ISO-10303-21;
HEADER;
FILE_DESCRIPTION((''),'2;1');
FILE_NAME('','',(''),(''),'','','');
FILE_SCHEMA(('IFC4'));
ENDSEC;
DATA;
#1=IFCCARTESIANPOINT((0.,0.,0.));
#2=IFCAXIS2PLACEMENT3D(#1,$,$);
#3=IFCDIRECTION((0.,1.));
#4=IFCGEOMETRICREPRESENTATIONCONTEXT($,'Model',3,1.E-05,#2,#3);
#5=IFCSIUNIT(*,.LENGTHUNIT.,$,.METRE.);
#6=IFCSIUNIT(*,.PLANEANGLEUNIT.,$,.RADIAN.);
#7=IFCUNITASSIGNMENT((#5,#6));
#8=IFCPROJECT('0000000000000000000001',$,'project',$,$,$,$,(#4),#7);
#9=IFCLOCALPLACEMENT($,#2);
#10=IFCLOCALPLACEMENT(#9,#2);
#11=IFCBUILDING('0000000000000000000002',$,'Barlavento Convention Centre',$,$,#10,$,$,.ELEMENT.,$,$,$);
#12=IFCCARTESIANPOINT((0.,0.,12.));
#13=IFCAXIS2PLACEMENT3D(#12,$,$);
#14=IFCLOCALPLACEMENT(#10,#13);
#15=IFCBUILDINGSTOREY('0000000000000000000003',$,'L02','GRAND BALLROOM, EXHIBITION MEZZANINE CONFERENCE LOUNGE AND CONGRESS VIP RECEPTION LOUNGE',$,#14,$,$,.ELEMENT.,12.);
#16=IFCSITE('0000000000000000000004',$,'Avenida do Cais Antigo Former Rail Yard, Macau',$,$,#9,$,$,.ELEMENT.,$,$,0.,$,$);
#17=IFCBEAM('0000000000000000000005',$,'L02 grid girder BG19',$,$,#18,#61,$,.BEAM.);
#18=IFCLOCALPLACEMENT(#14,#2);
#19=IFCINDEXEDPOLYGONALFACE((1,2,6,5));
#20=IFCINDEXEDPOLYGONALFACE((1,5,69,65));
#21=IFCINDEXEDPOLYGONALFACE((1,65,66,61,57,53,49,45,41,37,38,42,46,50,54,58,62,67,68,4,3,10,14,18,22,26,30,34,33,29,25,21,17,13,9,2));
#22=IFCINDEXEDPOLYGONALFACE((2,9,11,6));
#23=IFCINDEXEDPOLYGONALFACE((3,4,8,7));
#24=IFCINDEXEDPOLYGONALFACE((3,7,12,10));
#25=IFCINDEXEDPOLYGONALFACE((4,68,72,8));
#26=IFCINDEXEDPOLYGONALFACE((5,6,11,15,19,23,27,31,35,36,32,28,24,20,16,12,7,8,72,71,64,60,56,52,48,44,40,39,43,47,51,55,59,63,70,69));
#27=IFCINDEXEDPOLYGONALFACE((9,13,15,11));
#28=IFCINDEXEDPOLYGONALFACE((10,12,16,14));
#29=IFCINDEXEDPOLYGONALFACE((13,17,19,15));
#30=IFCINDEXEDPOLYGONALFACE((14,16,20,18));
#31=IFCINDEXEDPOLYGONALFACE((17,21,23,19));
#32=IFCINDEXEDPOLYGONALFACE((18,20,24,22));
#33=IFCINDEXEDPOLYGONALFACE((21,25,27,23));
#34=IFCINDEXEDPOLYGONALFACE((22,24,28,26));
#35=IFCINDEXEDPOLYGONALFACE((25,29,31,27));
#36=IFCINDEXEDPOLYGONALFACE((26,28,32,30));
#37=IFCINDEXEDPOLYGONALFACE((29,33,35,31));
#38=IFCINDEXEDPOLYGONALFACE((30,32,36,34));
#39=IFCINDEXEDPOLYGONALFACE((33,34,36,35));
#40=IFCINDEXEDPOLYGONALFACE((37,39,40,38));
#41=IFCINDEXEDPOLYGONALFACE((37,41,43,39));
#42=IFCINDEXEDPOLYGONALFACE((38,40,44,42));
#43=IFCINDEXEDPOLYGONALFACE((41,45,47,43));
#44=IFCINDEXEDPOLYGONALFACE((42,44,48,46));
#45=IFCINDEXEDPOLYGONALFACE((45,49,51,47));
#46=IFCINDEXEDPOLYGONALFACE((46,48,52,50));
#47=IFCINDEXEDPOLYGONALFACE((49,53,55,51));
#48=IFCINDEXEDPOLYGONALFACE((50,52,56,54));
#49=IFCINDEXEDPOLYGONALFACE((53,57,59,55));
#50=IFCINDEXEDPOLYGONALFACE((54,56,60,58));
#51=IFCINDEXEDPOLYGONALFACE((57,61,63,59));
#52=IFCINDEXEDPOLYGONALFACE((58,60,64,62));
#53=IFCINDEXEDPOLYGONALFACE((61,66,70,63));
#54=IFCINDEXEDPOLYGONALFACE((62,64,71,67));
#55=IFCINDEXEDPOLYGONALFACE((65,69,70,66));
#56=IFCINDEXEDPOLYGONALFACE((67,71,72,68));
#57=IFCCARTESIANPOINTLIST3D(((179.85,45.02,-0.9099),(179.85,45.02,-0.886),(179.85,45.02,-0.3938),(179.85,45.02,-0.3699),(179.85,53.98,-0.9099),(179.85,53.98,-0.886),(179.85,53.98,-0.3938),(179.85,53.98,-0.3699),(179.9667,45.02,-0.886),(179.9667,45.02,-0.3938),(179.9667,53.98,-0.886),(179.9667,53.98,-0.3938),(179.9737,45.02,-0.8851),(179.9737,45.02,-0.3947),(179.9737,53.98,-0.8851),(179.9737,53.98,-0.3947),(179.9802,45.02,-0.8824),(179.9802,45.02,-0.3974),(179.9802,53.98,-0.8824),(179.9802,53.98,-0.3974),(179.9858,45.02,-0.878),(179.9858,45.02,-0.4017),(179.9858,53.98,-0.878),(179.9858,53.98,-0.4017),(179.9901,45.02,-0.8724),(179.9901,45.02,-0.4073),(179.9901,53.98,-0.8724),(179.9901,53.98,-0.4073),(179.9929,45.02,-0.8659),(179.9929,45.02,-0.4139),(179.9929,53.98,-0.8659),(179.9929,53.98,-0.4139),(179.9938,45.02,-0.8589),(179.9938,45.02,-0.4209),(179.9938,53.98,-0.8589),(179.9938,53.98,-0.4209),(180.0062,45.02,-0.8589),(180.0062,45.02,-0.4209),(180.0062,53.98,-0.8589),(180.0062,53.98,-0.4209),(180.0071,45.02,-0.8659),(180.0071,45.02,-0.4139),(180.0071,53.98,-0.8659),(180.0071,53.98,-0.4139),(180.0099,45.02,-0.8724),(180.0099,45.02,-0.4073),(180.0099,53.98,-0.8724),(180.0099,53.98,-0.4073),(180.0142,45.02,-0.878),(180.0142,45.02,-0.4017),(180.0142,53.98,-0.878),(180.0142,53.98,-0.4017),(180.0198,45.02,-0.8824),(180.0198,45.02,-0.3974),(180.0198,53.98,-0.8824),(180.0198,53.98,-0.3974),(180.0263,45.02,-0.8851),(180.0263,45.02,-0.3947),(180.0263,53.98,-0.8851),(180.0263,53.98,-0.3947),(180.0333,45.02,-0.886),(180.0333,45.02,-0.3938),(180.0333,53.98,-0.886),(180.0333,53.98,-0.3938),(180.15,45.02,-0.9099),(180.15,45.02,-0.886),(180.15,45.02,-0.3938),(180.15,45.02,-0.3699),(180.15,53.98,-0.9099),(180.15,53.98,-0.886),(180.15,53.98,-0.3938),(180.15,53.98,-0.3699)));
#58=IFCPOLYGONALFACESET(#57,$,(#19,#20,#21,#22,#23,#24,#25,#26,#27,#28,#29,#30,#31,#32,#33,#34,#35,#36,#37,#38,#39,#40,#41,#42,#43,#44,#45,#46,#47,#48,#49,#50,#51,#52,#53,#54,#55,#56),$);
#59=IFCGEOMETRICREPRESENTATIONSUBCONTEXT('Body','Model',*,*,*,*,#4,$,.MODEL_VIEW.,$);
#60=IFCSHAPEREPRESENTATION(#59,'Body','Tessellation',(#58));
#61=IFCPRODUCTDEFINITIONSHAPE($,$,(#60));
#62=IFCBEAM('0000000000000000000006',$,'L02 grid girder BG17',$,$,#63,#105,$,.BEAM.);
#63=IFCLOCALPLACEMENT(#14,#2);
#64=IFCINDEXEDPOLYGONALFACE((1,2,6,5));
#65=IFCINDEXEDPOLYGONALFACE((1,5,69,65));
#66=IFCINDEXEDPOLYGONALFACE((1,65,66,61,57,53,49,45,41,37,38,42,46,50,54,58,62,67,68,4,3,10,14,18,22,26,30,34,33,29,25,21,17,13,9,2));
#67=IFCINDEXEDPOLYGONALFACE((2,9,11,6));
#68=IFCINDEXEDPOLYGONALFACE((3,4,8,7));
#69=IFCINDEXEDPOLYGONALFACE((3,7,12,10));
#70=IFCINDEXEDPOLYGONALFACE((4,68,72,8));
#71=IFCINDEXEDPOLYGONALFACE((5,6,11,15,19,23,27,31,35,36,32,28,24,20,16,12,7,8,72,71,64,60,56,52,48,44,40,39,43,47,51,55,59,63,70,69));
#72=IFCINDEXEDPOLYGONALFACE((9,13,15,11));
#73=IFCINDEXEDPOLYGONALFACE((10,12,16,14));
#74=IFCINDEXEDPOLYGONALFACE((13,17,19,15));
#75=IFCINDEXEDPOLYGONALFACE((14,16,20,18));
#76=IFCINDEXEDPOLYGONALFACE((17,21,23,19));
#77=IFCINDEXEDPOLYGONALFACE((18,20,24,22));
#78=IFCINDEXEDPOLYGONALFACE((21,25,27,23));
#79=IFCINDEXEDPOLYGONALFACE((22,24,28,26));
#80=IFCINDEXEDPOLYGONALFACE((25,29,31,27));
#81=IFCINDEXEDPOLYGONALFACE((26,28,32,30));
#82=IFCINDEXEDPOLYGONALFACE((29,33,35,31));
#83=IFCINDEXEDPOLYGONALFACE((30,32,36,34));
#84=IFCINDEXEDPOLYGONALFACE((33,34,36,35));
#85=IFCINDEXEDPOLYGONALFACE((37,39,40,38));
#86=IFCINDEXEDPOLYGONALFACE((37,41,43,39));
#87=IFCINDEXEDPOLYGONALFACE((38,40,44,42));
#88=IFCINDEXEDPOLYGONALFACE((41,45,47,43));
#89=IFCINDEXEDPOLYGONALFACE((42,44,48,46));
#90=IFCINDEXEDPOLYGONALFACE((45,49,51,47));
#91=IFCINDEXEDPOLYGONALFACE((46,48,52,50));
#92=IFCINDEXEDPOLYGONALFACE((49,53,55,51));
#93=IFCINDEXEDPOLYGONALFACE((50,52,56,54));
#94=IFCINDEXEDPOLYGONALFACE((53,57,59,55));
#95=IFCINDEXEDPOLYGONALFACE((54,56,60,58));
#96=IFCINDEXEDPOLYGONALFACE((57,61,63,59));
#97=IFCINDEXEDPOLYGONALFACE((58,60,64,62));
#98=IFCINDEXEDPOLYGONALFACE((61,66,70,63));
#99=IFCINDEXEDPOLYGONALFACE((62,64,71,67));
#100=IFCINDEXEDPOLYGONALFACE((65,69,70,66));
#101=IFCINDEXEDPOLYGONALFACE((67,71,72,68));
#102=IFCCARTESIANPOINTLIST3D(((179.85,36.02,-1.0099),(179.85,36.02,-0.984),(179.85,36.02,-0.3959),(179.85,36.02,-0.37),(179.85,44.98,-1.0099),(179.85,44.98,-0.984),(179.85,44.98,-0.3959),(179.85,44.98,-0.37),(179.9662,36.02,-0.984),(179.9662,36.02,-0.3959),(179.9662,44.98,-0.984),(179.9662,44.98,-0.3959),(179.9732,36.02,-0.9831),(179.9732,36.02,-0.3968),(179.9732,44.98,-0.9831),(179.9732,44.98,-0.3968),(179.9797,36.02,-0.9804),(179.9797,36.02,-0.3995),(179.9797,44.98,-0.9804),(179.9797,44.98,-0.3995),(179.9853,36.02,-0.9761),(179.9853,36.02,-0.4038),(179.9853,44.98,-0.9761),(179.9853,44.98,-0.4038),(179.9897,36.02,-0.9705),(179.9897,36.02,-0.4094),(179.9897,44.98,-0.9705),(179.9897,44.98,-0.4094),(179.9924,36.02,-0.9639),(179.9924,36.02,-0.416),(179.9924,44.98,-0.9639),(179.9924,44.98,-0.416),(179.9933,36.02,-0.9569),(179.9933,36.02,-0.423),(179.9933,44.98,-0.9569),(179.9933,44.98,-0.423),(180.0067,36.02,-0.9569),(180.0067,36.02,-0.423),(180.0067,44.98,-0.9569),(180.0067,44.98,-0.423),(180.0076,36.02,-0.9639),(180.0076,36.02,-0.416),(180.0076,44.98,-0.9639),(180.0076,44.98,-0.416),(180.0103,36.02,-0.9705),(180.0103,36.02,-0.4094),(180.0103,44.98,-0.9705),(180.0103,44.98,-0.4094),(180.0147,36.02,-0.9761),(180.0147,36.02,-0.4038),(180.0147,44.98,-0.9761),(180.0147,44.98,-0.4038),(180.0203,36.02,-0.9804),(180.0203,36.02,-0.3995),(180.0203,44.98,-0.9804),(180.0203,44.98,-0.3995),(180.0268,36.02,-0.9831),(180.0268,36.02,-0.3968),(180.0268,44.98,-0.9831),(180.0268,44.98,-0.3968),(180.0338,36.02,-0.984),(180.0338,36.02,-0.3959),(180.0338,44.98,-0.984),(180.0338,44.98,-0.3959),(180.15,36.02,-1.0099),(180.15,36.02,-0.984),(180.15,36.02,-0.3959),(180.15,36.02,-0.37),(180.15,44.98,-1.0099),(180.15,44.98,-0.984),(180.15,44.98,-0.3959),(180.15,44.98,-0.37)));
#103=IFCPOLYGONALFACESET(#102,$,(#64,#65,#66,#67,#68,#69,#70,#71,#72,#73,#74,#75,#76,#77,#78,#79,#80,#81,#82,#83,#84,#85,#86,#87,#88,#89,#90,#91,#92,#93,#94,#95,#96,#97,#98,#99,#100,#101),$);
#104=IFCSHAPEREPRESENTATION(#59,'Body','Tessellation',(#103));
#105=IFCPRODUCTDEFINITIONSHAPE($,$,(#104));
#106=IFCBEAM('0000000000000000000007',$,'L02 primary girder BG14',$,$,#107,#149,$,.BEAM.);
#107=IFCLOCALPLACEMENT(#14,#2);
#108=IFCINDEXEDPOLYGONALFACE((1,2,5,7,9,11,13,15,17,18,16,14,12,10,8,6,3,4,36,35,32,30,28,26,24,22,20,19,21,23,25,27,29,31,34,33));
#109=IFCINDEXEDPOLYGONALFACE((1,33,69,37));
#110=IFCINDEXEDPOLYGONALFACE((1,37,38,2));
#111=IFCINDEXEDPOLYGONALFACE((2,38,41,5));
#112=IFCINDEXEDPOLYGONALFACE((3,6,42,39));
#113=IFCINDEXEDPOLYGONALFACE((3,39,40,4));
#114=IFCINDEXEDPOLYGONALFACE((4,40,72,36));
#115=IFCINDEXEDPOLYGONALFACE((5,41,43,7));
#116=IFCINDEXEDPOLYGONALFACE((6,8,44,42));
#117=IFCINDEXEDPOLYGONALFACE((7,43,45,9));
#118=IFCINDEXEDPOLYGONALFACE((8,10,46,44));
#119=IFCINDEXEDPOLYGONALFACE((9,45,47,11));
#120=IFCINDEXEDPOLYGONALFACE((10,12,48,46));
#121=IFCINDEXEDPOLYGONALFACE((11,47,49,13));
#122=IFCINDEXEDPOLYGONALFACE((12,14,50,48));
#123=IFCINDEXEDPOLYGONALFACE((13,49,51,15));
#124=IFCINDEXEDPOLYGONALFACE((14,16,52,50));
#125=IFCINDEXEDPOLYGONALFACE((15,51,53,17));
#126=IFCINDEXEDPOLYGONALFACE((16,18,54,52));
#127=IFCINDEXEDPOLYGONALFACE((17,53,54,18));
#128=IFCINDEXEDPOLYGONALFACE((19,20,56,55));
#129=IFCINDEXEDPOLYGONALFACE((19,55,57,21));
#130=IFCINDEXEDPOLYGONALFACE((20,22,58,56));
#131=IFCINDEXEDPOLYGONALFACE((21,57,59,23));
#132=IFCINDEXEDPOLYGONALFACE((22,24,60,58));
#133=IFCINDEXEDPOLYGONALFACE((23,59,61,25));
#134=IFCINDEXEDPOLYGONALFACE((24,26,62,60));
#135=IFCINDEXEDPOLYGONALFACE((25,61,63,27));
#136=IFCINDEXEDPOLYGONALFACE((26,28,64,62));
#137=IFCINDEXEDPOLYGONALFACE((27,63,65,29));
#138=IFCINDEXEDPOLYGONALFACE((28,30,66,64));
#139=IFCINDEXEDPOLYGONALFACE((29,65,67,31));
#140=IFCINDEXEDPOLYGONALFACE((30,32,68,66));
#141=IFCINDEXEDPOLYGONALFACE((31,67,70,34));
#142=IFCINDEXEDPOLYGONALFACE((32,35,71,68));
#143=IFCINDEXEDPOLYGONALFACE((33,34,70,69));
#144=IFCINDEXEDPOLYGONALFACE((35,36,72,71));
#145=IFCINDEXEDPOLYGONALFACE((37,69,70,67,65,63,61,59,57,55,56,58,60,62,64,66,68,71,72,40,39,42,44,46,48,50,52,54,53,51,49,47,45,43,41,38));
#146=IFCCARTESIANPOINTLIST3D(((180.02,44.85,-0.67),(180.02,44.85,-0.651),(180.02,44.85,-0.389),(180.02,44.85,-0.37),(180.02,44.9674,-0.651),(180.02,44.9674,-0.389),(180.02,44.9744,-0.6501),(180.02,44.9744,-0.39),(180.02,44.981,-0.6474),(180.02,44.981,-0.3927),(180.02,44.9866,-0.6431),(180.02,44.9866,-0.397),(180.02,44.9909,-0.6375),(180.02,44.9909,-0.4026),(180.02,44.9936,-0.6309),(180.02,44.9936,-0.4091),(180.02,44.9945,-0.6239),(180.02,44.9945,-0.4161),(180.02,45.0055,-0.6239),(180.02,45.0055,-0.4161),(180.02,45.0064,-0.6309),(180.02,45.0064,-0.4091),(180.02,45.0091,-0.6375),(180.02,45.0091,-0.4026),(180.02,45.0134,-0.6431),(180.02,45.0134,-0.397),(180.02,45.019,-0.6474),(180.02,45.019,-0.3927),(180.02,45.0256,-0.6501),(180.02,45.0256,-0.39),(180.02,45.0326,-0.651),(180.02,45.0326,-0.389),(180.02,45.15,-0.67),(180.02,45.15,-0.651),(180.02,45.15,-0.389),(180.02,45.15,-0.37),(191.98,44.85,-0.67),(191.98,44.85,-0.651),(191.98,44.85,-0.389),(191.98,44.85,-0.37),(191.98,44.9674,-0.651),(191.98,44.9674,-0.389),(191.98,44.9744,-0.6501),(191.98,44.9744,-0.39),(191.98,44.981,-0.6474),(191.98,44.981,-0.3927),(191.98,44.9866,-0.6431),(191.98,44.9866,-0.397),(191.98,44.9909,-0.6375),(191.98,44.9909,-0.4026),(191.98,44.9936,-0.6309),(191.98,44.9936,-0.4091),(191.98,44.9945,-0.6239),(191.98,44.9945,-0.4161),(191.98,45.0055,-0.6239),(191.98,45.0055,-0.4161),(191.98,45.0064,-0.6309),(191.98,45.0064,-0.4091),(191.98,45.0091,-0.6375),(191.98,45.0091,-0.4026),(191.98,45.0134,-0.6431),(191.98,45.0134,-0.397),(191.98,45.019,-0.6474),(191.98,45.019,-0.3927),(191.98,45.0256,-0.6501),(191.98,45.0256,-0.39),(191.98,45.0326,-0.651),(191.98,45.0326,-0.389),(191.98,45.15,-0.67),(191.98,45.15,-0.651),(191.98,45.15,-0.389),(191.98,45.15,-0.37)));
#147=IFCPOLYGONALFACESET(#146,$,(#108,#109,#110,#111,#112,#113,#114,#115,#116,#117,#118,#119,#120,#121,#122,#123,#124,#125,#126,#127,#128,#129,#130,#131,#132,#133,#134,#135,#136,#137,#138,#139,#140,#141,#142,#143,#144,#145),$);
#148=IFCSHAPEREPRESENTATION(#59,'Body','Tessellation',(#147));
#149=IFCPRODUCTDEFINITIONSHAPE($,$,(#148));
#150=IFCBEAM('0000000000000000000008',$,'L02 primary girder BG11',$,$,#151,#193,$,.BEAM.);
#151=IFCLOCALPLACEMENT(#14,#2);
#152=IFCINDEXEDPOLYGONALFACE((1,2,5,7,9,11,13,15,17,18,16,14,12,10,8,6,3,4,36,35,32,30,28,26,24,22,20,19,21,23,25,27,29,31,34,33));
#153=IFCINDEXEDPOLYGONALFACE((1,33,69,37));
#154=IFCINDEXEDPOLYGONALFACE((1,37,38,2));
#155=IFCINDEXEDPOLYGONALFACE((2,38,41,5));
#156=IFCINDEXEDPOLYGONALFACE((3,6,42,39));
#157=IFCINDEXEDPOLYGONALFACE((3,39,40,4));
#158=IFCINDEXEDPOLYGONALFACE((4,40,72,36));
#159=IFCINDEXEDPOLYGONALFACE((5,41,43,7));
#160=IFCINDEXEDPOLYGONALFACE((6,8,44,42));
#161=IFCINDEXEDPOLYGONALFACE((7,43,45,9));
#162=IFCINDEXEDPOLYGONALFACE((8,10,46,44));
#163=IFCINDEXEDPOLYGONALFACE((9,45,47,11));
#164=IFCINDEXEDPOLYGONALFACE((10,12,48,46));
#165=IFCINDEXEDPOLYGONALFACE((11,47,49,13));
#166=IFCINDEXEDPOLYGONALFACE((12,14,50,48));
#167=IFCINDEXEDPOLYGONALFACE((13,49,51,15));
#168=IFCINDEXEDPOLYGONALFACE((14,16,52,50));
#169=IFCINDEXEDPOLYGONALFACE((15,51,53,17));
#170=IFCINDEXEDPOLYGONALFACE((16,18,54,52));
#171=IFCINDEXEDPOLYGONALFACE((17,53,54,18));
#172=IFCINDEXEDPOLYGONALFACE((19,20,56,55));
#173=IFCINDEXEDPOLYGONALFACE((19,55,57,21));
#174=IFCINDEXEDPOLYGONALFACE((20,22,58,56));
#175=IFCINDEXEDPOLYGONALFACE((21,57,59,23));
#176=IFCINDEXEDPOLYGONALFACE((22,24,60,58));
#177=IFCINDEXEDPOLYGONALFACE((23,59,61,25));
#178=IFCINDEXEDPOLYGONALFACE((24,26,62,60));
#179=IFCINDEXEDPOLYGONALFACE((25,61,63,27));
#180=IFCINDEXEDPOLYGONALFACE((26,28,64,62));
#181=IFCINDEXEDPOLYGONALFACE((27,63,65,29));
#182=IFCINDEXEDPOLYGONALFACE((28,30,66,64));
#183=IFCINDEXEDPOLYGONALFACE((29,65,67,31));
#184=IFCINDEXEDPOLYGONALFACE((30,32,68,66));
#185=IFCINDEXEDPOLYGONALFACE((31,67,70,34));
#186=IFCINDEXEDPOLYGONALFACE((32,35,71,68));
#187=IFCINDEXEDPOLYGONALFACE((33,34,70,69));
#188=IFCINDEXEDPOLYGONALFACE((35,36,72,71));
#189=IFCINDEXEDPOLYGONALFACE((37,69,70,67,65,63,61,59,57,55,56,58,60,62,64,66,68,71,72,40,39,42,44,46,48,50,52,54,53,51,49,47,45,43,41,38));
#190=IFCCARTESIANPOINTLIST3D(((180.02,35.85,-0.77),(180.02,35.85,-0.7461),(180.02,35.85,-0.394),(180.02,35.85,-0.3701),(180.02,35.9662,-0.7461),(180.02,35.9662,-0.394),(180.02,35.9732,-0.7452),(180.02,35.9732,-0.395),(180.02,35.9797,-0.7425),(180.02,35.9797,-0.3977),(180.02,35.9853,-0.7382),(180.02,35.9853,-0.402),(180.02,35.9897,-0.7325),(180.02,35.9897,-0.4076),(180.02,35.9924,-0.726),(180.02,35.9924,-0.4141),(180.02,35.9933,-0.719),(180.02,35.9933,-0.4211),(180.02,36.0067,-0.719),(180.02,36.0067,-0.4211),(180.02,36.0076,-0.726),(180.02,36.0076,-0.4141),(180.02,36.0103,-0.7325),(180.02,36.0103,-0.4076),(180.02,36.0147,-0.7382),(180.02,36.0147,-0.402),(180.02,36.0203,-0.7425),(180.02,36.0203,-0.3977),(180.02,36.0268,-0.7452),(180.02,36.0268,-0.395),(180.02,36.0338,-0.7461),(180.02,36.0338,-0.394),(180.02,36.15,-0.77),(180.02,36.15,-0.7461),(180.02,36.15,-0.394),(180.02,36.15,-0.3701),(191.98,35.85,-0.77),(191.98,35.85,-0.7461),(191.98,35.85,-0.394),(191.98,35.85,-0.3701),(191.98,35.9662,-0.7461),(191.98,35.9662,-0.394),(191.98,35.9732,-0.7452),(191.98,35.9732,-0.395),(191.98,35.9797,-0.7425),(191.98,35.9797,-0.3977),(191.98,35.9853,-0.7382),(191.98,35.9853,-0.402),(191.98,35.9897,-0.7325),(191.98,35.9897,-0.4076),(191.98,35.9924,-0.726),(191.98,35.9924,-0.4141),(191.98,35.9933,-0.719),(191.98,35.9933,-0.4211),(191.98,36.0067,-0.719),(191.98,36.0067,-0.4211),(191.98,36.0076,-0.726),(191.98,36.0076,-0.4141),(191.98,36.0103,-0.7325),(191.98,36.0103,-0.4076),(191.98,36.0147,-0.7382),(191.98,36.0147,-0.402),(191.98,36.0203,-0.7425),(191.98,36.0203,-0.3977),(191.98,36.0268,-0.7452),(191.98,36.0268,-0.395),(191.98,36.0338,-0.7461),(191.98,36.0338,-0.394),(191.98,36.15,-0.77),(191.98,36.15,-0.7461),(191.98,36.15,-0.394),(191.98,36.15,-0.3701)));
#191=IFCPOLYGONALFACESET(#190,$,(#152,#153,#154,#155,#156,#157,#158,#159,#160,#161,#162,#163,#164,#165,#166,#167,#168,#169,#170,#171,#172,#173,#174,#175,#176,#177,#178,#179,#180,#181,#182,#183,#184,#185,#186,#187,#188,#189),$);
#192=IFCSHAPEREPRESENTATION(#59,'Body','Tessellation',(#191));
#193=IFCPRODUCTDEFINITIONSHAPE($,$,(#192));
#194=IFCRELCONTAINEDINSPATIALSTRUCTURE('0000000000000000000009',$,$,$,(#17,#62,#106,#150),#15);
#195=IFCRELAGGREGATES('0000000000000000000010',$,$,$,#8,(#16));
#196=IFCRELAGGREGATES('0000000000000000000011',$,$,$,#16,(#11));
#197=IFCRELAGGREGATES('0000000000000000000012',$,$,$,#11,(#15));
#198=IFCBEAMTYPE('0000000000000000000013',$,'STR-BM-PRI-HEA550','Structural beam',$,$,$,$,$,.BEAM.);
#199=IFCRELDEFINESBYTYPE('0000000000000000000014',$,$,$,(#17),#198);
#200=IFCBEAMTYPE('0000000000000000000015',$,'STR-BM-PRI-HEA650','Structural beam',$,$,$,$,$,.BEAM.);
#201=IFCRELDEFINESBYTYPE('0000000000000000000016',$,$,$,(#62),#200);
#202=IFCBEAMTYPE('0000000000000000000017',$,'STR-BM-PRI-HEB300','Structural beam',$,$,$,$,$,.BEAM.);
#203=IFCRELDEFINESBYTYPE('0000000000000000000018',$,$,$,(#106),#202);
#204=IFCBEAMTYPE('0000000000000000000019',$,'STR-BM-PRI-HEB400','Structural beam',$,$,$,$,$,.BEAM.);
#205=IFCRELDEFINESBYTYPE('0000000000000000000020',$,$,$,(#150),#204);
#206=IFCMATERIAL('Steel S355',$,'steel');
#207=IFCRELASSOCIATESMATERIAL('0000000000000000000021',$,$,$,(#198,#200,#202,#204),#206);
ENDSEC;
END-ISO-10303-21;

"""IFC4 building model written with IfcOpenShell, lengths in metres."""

from ifc_helpers import new_model, si_unit, direction, frame, origin, origin_2d, place, context, subcontext, project, spatial, i_section, extrude, material, material_profile, profile_set, type_object, element, save


model = new_model("IFC4")

# Units and contexts
model_context = context("Model", 3, precision=1e-05, world=origin(), true_north=direction((0.0, 1.0)))
body_context = subcontext(model_context, "Body", "Model", "MODEL_VIEW")
ifc_project = project(units=[si_unit("LENGTHUNIT", "METRE"), si_unit("PLANEANGLEUNIT", "RADIAN")], contexts=[model_context])

# Site, building, storey
site_placement = place(None, origin())
site = spatial("IfcSite", under=ifc_project, at=site_placement, Name="Avenida do Cais Antigo Former Rail Yard, Macau", CompositionType="ELEMENT", RefElevation=0.0)
building_placement = place(site_placement, origin())
building = spatial("IfcBuilding", under=site, at=building_placement, Name="Barlavento Convention Centre", CompositionType="ELEMENT")
storey_placement = place(building_placement, frame((0.0, 0.0, 12.0)))
storey = spatial("IfcBuildingStorey", under=building, at=storey_placement, Name="L02", Description="GRAND BALLROOM, EXHIBITION MEZZANINE CONFERENCE LOUNGE AND CONGRESS VIP RECEPTION LOUNGE", CompositionType="ELEMENT", Elevation=12.0)

# Shared definitions
ifc_material_1 = material(Name="Steel S355", Category="steel")

# Beams
ifc_material_profile_1 = material_profile(ifc_material_1, i_section(OverallWidth=0.3, OverallDepth=0.54, WebThickness=0.0125, FlangeThickness=0.0239, FilletRadius=0.0271, at=origin_2d()), Name="HEA 550")
ifc_profile_set_1 = profile_set([ifc_material_profile_1], Name="Steel S355")
beam_type_1 = type_object("IfcBeamType", Name="STR-BM-PRI-HEA550", Description="Structural beam", PredefinedType="BEAM", material=ifc_profile_set_1)
beam_1_placement = place(storey_placement, frame((180.0, 45.02, -0.6399), z_axis=(0.0, 1.0, 0.0), x_axis=(-1.0, 0.0, 0.0)))
element("IfcBeam", 1, at=beam_1_placement, inside=storey, type_object=beam_type_1, Name="L02 grid girder BG19", PredefinedType="BEAM", context=body_context, shape_type="SweptSolid", body=[
    extrude(i_section(OverallWidth=0.3, OverallDepth=0.54, WebThickness=0.0125, FlangeThickness=0.0239, FilletRadius=0.0271, at=origin_2d()), origin(), (0.0, 0.0, 1.0), 8.96),
])
ifc_material_profile_2 = material_profile(ifc_material_1, i_section(OverallWidth=0.3, OverallDepth=0.6399, WebThickness=0.0134, FlangeThickness=0.0259, FilletRadius=0.0271, at=origin_2d()), Name="HEA 650")
ifc_profile_set_2 = profile_set([ifc_material_profile_2], Name="Steel S355")
beam_type_2 = type_object("IfcBeamType", Name="STR-BM-PRI-HEA650", Description="Structural beam", PredefinedType="BEAM", material=ifc_profile_set_2)
beam_2_placement = place(storey_placement, frame((180.0, 36.02, -0.6899), z_axis=(0.0, 1.0, 0.0), x_axis=(-1.0, 0.0, 0.0)))
element("IfcBeam", 2, at=beam_2_placement, inside=storey, type_object=beam_type_2, Name="L02 grid girder BG17", PredefinedType="BEAM", context=body_context, shape_type="SweptSolid", body=[
    extrude(i_section(OverallWidth=0.3, OverallDepth=0.6399, WebThickness=0.0134, FlangeThickness=0.0259, FilletRadius=0.0271, at=origin_2d()), origin(), (0.0, 0.0, 1.0), 8.96),
])
ifc_material_profile_3 = material_profile(ifc_material_1, i_section(OverallWidth=0.3, OverallDepth=0.3, WebThickness=0.011, FlangeThickness=0.019, FilletRadius=0.0271, at=origin_2d()), Name="HEB 300")
ifc_profile_set_3 = profile_set([ifc_material_profile_3], Name="Steel S355")
beam_type_3 = type_object("IfcBeamType", Name="STR-BM-PRI-HEB300", Description="Structural beam", PredefinedType="BEAM", material=ifc_profile_set_3)
beam_3_placement = place(storey_placement, frame((180.02, 45.0, -0.52), z_axis=(1.0, 0.0, 0.0), x_axis=(0.0, 1.0, 0.0)))
element("IfcBeam", 3, at=beam_3_placement, inside=storey, type_object=beam_type_3, Name="L02 primary girder BG14", PredefinedType="BEAM", context=body_context, shape_type="SweptSolid", body=[
    extrude(i_section(OverallWidth=0.3, OverallDepth=0.3, WebThickness=0.011, FlangeThickness=0.019, FilletRadius=0.0271, at=origin_2d()), origin(), (0.0, 0.0, 1.0), 11.96),
])
ifc_material_profile_4 = material_profile(ifc_material_1, i_section(OverallWidth=0.3, OverallDepth=0.3999, WebThickness=0.0134, FlangeThickness=0.0239, FilletRadius=0.0271, at=origin_2d()), Name="HEB 400")
ifc_profile_set_4 = profile_set([ifc_material_profile_4], Name="Steel S355")
beam_type_4 = type_object("IfcBeamType", Name="STR-BM-PRI-HEB400", Description="Structural beam", PredefinedType="BEAM", material=ifc_profile_set_4)
beam_4_placement = place(storey_placement, frame((180.02, 36.0, -0.5701), z_axis=(1.0, 0.0, 0.0), x_axis=(0.0, 1.0, 0.0)))
element("IfcBeam", 4, at=beam_4_placement, inside=storey, type_object=beam_type_4, Name="L02 primary girder BG11", PredefinedType="BEAM", context=body_context, shape_type="SweptSolid", body=[
    extrude(i_section(OverallWidth=0.3, OverallDepth=0.3999, WebThickness=0.0134, FlangeThickness=0.0239, FilletRadius=0.0271, at=origin_2d()), origin(), (0.0, 0.0, 1.0), 11.96),
])

save(model, "model.ifc")
